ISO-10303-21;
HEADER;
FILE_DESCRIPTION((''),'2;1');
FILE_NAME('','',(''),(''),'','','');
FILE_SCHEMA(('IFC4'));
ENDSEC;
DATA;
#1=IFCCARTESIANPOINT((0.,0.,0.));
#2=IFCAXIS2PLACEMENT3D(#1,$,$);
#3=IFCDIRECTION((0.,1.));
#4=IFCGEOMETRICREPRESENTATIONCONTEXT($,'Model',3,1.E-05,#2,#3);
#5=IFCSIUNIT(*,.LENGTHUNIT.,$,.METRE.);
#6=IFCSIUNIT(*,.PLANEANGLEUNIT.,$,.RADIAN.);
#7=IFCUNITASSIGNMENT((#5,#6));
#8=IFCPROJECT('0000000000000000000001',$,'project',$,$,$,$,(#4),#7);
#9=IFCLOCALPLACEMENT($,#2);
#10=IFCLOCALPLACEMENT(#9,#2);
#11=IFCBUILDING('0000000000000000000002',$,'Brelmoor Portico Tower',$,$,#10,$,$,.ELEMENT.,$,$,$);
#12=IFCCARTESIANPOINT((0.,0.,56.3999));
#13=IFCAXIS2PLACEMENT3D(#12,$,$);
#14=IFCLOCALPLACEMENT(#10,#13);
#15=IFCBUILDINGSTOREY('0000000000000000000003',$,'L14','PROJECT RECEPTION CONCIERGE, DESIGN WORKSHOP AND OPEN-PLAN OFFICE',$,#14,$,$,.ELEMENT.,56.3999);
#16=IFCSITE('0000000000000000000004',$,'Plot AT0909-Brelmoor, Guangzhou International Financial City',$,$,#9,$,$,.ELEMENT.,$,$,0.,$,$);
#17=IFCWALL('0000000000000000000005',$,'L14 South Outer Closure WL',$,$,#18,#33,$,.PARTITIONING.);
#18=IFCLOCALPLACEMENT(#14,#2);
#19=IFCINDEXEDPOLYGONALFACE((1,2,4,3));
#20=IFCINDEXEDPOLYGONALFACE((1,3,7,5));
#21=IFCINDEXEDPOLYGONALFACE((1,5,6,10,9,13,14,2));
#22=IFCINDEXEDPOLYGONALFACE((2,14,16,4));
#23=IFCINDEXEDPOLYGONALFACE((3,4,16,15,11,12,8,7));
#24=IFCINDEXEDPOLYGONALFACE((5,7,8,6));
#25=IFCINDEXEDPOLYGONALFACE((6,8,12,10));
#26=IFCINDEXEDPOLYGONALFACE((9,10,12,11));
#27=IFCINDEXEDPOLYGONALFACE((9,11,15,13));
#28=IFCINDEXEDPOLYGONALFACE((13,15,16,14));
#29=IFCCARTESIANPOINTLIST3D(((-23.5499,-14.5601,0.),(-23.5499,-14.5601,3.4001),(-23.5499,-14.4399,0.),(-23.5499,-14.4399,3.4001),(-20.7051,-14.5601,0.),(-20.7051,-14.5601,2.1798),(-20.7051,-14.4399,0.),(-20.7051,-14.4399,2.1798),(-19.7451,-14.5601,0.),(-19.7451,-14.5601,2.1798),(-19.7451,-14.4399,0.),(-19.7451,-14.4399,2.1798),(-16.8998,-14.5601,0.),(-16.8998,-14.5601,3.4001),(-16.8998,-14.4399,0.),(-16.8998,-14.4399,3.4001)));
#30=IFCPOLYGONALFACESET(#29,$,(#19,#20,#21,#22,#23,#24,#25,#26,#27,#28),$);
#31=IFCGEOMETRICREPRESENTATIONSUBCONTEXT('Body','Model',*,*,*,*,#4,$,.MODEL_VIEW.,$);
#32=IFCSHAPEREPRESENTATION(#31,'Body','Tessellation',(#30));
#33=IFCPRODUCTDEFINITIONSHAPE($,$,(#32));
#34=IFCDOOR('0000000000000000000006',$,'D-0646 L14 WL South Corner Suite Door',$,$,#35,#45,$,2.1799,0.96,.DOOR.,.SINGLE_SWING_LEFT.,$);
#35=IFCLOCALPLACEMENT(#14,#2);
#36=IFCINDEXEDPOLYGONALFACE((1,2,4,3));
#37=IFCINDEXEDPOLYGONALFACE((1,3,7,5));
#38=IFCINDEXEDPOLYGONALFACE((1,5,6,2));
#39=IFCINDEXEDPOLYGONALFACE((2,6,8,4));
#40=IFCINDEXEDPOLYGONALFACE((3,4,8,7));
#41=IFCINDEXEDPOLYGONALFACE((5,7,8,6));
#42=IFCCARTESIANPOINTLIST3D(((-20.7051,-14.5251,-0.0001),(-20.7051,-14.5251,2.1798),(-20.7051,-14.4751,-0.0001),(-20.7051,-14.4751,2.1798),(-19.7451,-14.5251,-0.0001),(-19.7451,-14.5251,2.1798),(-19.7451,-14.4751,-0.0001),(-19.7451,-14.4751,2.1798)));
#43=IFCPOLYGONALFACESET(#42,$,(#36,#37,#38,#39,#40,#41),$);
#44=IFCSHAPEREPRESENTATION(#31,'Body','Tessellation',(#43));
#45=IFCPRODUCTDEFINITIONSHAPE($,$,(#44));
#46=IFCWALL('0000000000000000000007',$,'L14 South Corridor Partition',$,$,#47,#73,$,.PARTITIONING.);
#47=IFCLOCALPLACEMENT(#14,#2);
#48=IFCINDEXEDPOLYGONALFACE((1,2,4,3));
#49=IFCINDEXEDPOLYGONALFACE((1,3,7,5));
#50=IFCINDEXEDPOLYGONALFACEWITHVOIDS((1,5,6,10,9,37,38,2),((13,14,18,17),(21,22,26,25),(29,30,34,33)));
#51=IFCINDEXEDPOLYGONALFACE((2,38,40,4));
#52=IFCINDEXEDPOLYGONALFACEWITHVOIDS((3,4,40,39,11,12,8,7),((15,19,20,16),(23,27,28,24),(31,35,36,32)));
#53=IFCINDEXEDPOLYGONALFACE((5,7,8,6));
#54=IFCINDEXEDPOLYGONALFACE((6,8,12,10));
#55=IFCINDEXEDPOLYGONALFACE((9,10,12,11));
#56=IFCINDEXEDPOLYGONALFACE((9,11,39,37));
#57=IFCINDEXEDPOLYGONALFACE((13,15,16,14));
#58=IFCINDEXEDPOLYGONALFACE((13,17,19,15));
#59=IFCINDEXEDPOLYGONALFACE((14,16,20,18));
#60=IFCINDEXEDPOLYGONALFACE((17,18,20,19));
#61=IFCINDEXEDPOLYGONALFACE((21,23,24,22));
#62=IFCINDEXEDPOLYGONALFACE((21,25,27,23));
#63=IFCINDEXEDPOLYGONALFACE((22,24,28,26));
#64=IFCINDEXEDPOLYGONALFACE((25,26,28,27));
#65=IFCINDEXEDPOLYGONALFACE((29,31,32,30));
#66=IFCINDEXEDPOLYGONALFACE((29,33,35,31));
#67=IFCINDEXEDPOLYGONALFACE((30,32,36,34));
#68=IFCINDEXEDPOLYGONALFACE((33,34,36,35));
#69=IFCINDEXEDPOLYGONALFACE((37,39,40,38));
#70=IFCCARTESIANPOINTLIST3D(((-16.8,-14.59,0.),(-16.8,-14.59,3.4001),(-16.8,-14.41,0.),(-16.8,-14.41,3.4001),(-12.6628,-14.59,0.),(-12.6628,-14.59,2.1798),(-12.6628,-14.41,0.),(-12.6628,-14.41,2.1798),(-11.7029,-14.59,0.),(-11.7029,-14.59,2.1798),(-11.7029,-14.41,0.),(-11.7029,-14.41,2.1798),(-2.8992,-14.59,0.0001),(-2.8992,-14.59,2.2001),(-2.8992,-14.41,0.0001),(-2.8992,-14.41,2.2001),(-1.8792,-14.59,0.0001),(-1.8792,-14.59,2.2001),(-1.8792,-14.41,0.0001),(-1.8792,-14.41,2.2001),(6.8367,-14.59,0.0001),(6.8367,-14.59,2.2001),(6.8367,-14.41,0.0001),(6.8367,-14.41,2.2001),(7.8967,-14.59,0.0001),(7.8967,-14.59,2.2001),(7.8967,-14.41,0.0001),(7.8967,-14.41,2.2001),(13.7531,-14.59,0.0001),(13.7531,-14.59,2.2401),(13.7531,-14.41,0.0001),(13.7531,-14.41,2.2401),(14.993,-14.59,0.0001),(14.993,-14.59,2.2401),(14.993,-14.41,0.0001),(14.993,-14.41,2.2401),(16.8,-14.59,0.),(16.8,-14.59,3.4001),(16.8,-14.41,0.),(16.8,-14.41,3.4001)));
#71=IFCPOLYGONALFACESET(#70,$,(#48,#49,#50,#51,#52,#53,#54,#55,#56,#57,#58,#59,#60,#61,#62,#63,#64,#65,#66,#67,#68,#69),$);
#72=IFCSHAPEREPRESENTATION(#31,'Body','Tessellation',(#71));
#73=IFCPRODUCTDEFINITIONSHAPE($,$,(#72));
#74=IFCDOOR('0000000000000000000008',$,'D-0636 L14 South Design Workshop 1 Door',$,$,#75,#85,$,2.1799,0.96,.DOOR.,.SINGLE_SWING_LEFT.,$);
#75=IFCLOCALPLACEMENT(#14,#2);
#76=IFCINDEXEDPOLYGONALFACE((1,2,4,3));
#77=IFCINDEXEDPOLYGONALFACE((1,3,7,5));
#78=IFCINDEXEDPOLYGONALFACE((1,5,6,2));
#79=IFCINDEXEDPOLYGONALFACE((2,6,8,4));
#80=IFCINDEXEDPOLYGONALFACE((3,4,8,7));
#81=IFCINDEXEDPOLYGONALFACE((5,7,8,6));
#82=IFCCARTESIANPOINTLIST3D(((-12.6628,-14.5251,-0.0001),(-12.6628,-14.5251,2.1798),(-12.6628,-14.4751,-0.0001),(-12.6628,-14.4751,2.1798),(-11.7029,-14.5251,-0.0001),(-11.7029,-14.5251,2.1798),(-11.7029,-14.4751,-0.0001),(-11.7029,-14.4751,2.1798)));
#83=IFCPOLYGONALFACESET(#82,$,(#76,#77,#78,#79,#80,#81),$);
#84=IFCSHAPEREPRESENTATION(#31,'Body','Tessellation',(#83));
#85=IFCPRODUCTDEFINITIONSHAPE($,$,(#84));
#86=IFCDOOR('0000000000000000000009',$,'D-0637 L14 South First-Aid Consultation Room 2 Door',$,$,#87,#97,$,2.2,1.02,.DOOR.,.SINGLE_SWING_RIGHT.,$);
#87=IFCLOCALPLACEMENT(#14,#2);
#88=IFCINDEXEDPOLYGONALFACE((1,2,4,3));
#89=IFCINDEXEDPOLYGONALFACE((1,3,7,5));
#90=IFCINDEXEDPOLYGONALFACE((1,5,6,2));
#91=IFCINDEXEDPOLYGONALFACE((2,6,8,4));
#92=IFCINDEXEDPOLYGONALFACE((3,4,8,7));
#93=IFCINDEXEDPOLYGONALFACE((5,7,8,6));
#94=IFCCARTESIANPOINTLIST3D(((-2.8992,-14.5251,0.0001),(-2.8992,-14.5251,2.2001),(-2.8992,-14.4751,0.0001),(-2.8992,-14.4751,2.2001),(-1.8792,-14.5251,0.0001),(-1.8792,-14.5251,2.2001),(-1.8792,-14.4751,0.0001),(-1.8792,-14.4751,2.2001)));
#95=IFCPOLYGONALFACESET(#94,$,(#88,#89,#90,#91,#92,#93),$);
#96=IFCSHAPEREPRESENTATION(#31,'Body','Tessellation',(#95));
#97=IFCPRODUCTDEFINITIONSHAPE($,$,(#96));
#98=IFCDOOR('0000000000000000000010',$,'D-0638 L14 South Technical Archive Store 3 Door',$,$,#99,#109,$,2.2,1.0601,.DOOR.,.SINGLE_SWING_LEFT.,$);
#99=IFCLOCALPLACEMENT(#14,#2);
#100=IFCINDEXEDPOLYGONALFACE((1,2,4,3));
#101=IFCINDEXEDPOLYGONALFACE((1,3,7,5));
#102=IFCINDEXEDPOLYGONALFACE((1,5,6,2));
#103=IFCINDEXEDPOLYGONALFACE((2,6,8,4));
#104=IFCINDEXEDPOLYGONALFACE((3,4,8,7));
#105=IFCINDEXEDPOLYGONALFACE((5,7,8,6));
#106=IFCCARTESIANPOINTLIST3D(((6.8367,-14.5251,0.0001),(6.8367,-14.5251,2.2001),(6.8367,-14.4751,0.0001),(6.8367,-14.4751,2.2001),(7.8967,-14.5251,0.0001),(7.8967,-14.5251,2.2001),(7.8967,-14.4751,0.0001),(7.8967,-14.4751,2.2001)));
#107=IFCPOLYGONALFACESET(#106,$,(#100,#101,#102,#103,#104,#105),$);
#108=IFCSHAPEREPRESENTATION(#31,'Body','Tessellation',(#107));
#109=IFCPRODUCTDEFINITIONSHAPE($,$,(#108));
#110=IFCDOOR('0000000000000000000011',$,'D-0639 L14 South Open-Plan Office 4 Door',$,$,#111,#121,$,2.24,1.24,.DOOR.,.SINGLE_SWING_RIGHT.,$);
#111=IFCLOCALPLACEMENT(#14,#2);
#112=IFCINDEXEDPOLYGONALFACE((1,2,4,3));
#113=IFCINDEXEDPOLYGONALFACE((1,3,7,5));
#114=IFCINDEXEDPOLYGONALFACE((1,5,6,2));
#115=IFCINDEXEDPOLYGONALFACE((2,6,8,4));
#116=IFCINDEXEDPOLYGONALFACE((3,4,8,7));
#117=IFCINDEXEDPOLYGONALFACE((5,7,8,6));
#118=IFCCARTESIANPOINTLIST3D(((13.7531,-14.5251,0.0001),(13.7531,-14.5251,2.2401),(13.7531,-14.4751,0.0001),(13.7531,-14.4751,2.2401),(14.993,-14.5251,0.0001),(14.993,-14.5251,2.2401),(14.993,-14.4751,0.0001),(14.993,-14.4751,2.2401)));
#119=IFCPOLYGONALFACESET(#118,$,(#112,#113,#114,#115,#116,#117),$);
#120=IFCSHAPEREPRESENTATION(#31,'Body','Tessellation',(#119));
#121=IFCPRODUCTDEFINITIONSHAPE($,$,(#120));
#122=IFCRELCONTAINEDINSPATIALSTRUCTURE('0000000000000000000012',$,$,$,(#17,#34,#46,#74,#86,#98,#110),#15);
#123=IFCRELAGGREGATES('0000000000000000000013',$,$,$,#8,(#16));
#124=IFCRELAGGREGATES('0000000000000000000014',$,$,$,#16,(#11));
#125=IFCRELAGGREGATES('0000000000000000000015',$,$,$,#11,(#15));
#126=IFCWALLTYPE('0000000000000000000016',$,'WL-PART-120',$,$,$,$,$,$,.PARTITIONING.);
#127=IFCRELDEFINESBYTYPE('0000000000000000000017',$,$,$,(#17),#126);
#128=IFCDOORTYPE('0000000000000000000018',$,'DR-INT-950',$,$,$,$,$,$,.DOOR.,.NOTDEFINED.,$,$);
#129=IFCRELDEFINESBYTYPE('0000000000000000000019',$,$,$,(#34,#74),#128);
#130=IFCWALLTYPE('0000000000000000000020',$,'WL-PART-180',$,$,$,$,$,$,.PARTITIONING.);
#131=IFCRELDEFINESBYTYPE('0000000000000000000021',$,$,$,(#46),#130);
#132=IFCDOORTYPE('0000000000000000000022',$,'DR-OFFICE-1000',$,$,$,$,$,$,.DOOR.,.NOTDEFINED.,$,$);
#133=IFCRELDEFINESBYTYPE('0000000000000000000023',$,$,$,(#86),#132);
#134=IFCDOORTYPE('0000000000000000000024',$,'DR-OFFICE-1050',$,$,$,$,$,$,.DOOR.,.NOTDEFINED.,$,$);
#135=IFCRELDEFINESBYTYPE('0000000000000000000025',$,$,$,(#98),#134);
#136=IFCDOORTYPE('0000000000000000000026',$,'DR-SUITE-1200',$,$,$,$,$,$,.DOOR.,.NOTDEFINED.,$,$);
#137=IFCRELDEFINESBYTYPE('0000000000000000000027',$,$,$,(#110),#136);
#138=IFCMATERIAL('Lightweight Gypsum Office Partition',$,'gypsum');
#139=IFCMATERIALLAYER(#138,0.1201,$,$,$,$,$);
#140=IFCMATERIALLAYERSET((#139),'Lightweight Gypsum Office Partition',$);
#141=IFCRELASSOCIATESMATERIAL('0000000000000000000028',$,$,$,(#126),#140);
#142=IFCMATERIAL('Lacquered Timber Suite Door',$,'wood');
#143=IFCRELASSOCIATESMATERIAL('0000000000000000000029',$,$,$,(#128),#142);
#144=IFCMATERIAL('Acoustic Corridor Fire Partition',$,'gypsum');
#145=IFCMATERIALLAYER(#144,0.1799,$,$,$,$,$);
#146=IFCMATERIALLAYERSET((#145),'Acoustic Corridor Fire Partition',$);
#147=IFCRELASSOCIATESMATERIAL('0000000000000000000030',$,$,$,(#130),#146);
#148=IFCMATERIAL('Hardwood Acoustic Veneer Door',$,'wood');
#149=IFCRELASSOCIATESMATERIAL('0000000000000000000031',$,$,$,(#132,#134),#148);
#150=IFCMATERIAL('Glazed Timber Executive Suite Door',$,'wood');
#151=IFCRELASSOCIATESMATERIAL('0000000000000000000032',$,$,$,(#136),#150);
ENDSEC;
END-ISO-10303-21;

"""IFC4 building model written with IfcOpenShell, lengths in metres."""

from ifc_helpers import new_model, si_unit, direction, frame, frame_2d, origin, place, context, subcontext, project, spatial, rectangle, extrude, material, layer, layer_set, type_object, element, fill, save


model = new_model("IFC4")

# Units and contexts
model_context = context("Model", 3, precision=1e-05, world=origin(), true_north=direction((0.0, 1.0)))
body_context = subcontext(model_context, "Body", "Model", "MODEL_VIEW")
ifc_project = project(units=[si_unit("LENGTHUNIT", "METRE"), si_unit("PLANEANGLEUNIT", "RADIAN")], contexts=[model_context])

# Site, building, storey
site_placement = place(None, origin())
site = spatial("IfcSite", under=ifc_project, at=site_placement, Name="Plot AT0909-Brelmoor, Guangzhou International Financial City", CompositionType="ELEMENT", RefElevation=0.0)
building_placement = place(site_placement, origin())
building = spatial("IfcBuilding", under=site, at=building_placement, Name="Brelmoor Portico Tower", CompositionType="ELEMENT")
storey_placement = place(building_placement, frame((0.0, 0.0, 56.3999)))
storey = spatial("IfcBuildingStorey", under=building, at=storey_placement, Name="L14", Description="PROJECT RECEPTION CONCIERGE, DESIGN WORKSHOP AND OPEN-PLAN OFFICE", CompositionType="ELEMENT", Elevation=56.3999)

# Wall, opening, door
ifc_material_1 = material(Name="Lightweight Gypsum Office Partition", Category="gypsum")
ifc_layer_1 = layer(ifc_material_1, 0.1201)
ifc_layer_set_1 = layer_set([ifc_layer_1], Name="Lightweight Gypsum Office Partition")
wall_type_1 = type_object("IfcWallType", Name="WL-PART-120", PredefinedType="PARTITIONING", material=ifc_layer_set_1)
wall_1_placement = place(storey_placement, frame((-23.55, -14.5, 0.0), z_axis=(0.0, 0.0, 1.0), x_axis=(1.0, 0.0, 0.0)))
wall_1 = element("IfcWall", 1, at=wall_1_placement, inside=storey, type_object=wall_type_1, Name="L14 South Outer Closure WL", PredefinedType="PARTITIONING", context=body_context, shape_type="SweptSolid", body=[
    extrude(rectangle(XDim=6.6501, YDim=0.1201, at=frame_2d((3.3252, 0.0))), origin(), (0.0, 0.0, 1.0), 3.4001),
])
opening_1_placement = place(wall_1_placement, frame((2.845, 0.0, 0.0)))
opening_1 = element("IfcOpeningElement", 2, at=opening_1_placement, cuts=wall_1, PredefinedType="OPENING", context=body_context, shape_type="SweptSolid", body=[
    extrude(rectangle(XDim=0.96, YDim=2.1799, at=frame_2d((0.48, 1.0898))), frame((0.0, 0.0701, 0.0), z_axis=(0.0, -1.0, 0.0), x_axis=(1.0, 0.0, 0.0)), (0.0, 0.0, 1.0), 0.1401),
])
ifc_material_2 = material(Name="Lacquered Timber Suite Door", Category="wood")
door_type_1 = type_object("IfcDoorType", Name="DR-INT-950", OperationType="NOTDEFINED", PredefinedType="DOOR", material=ifc_material_2)
door_1_placement = place(opening_1_placement, origin())
door_1 = element("IfcDoor", 3, at=door_1_placement, inside=storey, type_object=door_type_1, Name="D-0646 L14 WL South Corner Suite Door", OperationType="SINGLE_SWING_LEFT", OverallHeight=2.1799, OverallWidth=0.96, PredefinedType="DOOR", context=body_context, shape_type="SweptSolid", body=[
    extrude(rectangle(XDim=0.96, YDim=2.1799, at=frame_2d((0.48, 1.0898))), frame((0.0, 0.0249, 0.0), z_axis=(0.0, -1.0, 0.0), x_axis=(1.0, 0.0, 0.0)), (0.0, 0.0, 1.0), 0.05),
])
fill(opening_1, door_1)

# Wall, openings, doors
ifc_material_3 = material(Name="Acoustic Corridor Fire Partition", Category="gypsum")
ifc_layer_2 = layer(ifc_material_3, 0.1799)
ifc_layer_set_2 = layer_set([ifc_layer_2], Name="Acoustic Corridor Fire Partition")
wall_type_2 = type_object("IfcWallType", Name="WL-PART-180", PredefinedType="PARTITIONING", material=ifc_layer_set_2)
wall_2_placement = place(storey_placement, frame((-16.8, -14.5, 0.0), z_axis=(0.0, 0.0, 1.0), x_axis=(1.0, 0.0, 0.0)))
wall_2 = element("IfcWall", 4, at=wall_2_placement, inside=storey, type_object=wall_type_2, Name="L14 South Corridor Partition", PredefinedType="PARTITIONING", context=body_context, shape_type="SweptSolid", body=[
    extrude(rectangle(XDim=33.6001, YDim=0.1799, at=frame_2d((16.8, 0.0))), origin(), (0.0, 0.0, 1.0), 3.4001),
])
opening_2_placement = place(wall_2_placement, frame((4.1372, 0.0, 0.0)))
opening_2 = element("IfcOpeningElement", 5, at=opening_2_placement, cuts=wall_2, PredefinedType="OPENING", context=body_context, shape_type="SweptSolid", body=[
    extrude(rectangle(XDim=0.96, YDim=2.1799, at=frame_2d((0.48, 1.0898))), frame((0.0, 0.0999, 0.0), z_axis=(0.0, -1.0, 0.0), x_axis=(1.0, 0.0, 0.0)), (0.0, 0.0, 1.0), 0.2),
])
opening_3_placement = place(wall_2_placement, frame((13.9009, 0.0, 0.0)))
opening_3 = element("IfcOpeningElement", 6, at=opening_3_placement, cuts=wall_2, PredefinedType="OPENING", context=body_context, shape_type="SweptSolid", body=[
    extrude(rectangle(XDim=1.02, YDim=2.2, at=frame_2d((0.51, 1.1001))), frame((0.0, 0.0999, 0.0), z_axis=(0.0, -1.0, 0.0), x_axis=(1.0, 0.0, 0.0)), (0.0, 0.0, 1.0), 0.2),
])
opening_4_placement = place(wall_2_placement, frame((23.6367, 0.0, 0.0)))
opening_4 = element("IfcOpeningElement", 7, at=opening_4_placement, cuts=wall_2, PredefinedType="OPENING", context=body_context, shape_type="SweptSolid", body=[
    extrude(rectangle(XDim=1.0601, YDim=2.2, at=frame_2d((0.53, 1.1001))), frame((0.0, 0.0999, 0.0), z_axis=(0.0, -1.0, 0.0), x_axis=(1.0, 0.0, 0.0)), (0.0, 0.0, 1.0), 0.2),
])
opening_5_placement = place(wall_2_placement, frame((30.553, 0.0, 0.0)))
opening_5 = element("IfcOpeningElement", 8, at=opening_5_placement, cuts=wall_2, PredefinedType="OPENING", context=body_context, shape_type="SweptSolid", body=[
    extrude(rectangle(XDim=1.24, YDim=2.24, at=frame_2d((0.6201, 1.1201))), frame((0.0, 0.0999, 0.0), z_axis=(0.0, -1.0, 0.0), x_axis=(1.0, 0.0, 0.0)), (0.0, 0.0, 1.0), 0.2),
])
door_2_placement = place(opening_2_placement, origin())
door_2 = element("IfcDoor", 9, at=door_2_placement, inside=storey, type_object=door_type_1, Name="D-0636 L14 South Design Workshop 1 Door", OperationType="SINGLE_SWING_LEFT", OverallHeight=2.1799, OverallWidth=0.96, PredefinedType="DOOR", context=body_context, shape_type="SweptSolid", body=[
    extrude(rectangle(XDim=0.96, YDim=2.1799, at=frame_2d((0.48, 1.0898))), frame((0.0, 0.0249, 0.0), z_axis=(0.0, -1.0, 0.0), x_axis=(1.0, 0.0, 0.0)), (0.0, 0.0, 1.0), 0.05),
])
fill(opening_2, door_2)
ifc_material_4 = material(Name="Hardwood Acoustic Veneer Door", Category="wood")
door_type_2 = type_object("IfcDoorType", Name="DR-OFFICE-1000", OperationType="NOTDEFINED", PredefinedType="DOOR", material=ifc_material_4)
door_3_placement = place(opening_3_placement, origin())
door_3 = element("IfcDoor", 10, at=door_3_placement, inside=storey, type_object=door_type_2, Name="D-0637 L14 South First-Aid Consultation Room 2 Door", OperationType="SINGLE_SWING_RIGHT", OverallHeight=2.2, OverallWidth=1.02, PredefinedType="DOOR", context=body_context, shape_type="SweptSolid", body=[
    extrude(rectangle(XDim=1.02, YDim=2.2, at=frame_2d((0.51, 1.1001))), frame((0.0, 0.0249, 0.0), z_axis=(0.0, -1.0, 0.0), x_axis=(1.0, 0.0, 0.0)), (0.0, 0.0, 1.0), 0.05),
])
fill(opening_3, door_3)
door_type_3 = type_object("IfcDoorType", Name="DR-OFFICE-1050", OperationType="NOTDEFINED", PredefinedType="DOOR", material=ifc_material_4)
door_4_placement = place(opening_4_placement, origin())
door_4 = element("IfcDoor", 11, at=door_4_placement, inside=storey, type_object=door_type_3, Name="D-0638 L14 South Technical Archive Store 3 Door", OperationType="SINGLE_SWING_LEFT", OverallHeight=2.2, OverallWidth=1.0601, PredefinedType="DOOR", context=body_context, shape_type="SweptSolid", body=[
    extrude(rectangle(XDim=1.0601, YDim=2.2, at=frame_2d((0.53, 1.1001))), frame((0.0, 0.0249, 0.0), z_axis=(0.0, -1.0, 0.0), x_axis=(1.0, 0.0, 0.0)), (0.0, 0.0, 1.0), 0.05),
])
fill(opening_4, door_4)
ifc_material_5 = material(Name="Glazed Timber Executive Suite Door", Category="wood")
door_type_4 = type_object("IfcDoorType", Name="DR-SUITE-1200", OperationType="NOTDEFINED", PredefinedType="DOOR", material=ifc_material_5)
door_5_placement = place(opening_5_placement, origin())
door_5 = element("IfcDoor", 12, at=door_5_placement, inside=storey, type_object=door_type_4, Name="D-0639 L14 South Open-Plan Office 4 Door", OperationType="SINGLE_SWING_RIGHT", OverallHeight=2.24, OverallWidth=1.24, PredefinedType="DOOR", context=body_context, shape_type="SweptSolid", body=[
    extrude(rectangle(XDim=1.24, YDim=2.24, at=frame_2d((0.6201, 1.1201))), frame((0.0, 0.0249, 0.0), z_axis=(0.0, -1.0, 0.0), x_axis=(1.0, 0.0, 0.0)), (0.0, 0.0, 1.0), 0.05),
])
fill(opening_5, door_5)

save(model, "model.ifc")
